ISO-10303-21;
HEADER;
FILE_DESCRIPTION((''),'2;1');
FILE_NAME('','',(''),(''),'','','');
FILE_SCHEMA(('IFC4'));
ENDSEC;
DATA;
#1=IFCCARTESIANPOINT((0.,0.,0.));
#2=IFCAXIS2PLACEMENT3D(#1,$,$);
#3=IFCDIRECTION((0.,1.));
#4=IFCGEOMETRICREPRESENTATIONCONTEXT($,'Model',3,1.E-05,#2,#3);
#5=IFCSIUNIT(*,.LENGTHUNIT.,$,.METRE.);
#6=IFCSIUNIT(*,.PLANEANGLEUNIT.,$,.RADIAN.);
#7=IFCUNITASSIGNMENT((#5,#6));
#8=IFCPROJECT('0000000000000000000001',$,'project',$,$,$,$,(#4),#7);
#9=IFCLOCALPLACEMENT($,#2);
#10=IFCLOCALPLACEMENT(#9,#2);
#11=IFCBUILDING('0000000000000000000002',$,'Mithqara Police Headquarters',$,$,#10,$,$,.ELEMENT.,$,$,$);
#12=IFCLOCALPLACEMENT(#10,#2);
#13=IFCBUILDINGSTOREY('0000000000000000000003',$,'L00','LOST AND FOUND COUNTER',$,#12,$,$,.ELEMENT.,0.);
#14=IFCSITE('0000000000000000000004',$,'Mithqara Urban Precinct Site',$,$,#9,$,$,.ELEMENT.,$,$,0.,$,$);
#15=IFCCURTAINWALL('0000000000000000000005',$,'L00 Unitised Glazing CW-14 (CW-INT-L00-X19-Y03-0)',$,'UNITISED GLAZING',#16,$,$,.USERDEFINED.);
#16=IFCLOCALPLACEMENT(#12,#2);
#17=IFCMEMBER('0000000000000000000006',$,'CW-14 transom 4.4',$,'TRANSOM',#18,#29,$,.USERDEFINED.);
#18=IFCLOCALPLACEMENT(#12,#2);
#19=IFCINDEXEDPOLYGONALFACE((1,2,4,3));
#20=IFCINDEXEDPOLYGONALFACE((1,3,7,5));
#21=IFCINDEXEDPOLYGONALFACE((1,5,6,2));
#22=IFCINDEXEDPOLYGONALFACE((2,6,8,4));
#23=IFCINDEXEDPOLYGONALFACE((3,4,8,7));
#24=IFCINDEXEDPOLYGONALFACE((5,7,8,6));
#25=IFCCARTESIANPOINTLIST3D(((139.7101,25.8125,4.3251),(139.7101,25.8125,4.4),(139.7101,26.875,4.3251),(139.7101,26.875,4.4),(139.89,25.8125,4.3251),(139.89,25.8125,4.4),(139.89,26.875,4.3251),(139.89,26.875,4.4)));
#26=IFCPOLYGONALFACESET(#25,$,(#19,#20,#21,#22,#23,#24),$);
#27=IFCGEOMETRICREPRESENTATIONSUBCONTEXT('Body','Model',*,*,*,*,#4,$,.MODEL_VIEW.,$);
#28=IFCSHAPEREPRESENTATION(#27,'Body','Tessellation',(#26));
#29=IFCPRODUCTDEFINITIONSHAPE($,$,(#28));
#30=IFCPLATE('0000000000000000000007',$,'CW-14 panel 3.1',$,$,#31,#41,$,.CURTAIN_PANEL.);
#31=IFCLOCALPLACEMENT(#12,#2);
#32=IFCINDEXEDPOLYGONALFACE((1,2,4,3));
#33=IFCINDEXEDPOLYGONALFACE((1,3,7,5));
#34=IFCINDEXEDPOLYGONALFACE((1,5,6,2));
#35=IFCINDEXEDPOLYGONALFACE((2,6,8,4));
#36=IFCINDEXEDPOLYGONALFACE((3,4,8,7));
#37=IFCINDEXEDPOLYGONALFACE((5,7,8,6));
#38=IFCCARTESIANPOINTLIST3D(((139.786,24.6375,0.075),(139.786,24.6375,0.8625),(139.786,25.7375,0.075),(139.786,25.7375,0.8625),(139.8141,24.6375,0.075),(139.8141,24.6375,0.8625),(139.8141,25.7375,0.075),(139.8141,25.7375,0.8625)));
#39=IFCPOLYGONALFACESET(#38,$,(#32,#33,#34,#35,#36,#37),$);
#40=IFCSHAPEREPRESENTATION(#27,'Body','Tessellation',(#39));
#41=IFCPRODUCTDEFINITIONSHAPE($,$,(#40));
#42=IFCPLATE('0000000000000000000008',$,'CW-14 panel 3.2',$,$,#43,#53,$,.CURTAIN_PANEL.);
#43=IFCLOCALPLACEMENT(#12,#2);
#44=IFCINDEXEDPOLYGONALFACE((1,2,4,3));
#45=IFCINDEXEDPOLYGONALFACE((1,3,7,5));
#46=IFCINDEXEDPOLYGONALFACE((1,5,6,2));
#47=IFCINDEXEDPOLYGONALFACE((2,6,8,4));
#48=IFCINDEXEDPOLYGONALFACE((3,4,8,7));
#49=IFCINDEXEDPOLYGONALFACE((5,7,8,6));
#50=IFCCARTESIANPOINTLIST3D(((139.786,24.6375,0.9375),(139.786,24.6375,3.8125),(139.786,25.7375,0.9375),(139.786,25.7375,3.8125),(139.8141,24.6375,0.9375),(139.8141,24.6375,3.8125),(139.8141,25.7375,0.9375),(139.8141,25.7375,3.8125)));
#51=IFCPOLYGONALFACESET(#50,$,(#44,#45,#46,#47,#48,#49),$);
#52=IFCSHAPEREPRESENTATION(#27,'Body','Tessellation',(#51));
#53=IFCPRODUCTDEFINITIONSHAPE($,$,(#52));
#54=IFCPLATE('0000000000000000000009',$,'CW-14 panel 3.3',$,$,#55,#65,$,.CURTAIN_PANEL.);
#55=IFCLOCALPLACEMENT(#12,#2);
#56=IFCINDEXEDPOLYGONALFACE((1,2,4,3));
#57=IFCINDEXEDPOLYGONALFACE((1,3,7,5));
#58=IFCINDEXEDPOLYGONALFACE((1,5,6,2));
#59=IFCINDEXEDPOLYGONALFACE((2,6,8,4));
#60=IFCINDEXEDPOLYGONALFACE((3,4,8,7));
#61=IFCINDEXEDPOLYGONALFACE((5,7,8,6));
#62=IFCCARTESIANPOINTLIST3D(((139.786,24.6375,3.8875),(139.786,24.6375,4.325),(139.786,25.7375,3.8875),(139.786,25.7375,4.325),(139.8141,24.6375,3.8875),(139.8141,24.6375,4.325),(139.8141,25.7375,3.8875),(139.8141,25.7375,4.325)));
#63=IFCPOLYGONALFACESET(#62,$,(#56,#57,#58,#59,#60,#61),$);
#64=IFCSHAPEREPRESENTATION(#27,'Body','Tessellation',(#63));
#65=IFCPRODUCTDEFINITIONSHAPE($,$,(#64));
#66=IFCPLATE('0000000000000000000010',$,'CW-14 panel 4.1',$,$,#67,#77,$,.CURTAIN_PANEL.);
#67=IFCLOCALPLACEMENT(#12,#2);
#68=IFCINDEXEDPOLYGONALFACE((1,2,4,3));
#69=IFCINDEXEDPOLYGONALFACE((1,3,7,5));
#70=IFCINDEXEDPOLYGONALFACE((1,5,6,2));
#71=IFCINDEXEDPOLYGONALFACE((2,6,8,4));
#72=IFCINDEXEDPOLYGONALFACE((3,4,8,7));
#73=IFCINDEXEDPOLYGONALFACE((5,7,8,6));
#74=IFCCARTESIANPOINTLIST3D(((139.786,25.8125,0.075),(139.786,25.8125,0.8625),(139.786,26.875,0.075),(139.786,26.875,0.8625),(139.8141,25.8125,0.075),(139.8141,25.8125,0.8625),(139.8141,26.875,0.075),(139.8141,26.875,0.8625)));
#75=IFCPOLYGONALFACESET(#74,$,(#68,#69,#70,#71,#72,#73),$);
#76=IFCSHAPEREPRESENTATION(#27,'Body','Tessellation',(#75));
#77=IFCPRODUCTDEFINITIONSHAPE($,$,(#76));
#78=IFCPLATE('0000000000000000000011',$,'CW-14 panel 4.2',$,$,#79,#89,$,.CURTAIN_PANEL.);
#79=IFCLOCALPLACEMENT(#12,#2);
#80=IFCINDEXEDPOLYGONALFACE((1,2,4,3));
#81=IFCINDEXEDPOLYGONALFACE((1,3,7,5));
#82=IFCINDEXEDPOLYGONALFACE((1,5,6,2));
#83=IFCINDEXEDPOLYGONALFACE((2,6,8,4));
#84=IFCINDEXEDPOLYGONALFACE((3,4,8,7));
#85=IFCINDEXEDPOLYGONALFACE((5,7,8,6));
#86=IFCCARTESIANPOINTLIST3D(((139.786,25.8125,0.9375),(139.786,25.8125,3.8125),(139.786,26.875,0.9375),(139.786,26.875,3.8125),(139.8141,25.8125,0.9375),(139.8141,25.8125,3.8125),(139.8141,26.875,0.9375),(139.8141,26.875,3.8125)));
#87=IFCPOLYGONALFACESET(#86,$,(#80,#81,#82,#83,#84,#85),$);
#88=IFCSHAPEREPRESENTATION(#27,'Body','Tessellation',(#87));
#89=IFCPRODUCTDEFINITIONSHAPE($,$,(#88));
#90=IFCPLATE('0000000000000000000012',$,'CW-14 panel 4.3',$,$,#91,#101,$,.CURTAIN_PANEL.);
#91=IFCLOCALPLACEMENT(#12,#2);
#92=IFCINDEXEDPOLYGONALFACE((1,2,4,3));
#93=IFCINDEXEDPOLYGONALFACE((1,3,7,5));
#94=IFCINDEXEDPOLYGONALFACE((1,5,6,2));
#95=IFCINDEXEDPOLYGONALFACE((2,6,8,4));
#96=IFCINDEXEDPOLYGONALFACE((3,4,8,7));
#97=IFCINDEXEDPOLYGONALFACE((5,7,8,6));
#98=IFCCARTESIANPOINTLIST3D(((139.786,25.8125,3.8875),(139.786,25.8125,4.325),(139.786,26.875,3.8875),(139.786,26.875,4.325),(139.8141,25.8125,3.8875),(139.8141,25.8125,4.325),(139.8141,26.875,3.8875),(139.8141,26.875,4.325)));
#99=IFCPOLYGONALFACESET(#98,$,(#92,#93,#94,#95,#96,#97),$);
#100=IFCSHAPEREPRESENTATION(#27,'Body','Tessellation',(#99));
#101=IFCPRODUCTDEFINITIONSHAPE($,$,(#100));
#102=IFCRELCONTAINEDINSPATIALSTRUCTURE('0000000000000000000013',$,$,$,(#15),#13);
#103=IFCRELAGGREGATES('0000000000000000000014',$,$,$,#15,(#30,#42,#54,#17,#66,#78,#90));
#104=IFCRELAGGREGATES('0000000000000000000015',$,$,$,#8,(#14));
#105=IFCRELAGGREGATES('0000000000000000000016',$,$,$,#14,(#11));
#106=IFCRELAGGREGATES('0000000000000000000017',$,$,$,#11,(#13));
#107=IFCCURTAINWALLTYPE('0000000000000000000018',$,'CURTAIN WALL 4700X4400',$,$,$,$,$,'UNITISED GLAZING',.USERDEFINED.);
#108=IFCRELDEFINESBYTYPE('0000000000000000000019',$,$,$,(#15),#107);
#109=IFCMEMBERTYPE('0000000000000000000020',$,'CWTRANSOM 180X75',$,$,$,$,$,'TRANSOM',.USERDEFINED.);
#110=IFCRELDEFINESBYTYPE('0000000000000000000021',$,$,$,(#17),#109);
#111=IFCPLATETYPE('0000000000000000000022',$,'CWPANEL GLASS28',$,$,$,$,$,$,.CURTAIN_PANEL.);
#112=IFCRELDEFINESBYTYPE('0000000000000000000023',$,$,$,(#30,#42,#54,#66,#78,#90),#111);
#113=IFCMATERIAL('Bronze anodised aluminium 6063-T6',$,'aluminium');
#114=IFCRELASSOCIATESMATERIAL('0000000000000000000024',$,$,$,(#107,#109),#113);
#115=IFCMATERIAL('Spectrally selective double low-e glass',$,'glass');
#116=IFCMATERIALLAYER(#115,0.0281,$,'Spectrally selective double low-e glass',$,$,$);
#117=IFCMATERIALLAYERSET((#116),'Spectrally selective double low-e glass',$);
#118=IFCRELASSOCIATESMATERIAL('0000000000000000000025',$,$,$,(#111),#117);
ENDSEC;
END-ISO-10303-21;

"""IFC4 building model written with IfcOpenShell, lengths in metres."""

from ifc_helpers import new_model, si_unit, direction, frame, origin, origin_2d, place, context, subcontext, project, spatial, rectangle, extrude, material, layer, layer_set, material_profile, profile_set, type_object, element, aggregate, save


model = new_model("IFC4")

# Units and contexts
model_context = context("Model", 3, precision=1e-05, world=origin(), true_north=direction((0.0, 1.0)))
body_context = subcontext(model_context, "Body", "Model", "MODEL_VIEW")
ifc_project = project(units=[si_unit("LENGTHUNIT", "METRE"), si_unit("PLANEANGLEUNIT", "RADIAN")], contexts=[model_context])

# Site, building, storey
site_placement = place(None, origin())
site = spatial("IfcSite", under=ifc_project, at=site_placement, Name="Mithqara Urban Precinct Site", CompositionType="ELEMENT", RefElevation=0.0)
building_placement = place(site_placement, origin())
building = spatial("IfcBuilding", under=site, at=building_placement, Name="Mithqara Police Headquarters", CompositionType="ELEMENT")
storey_placement = place(building_placement, origin())
storey = spatial("IfcBuildingStorey", under=building, at=storey_placement, Name="L00", Description="LOST AND FOUND COUNTER", CompositionType="ELEMENT", Elevation=0.0)

# Curtain wall, member, plates
ifc_material_1 = material(Name="Bronze anodised aluminium 6063-T6", Category="aluminium")
curtain_wall_type = type_object("IfcCurtainWallType", Name="CURTAIN WALL 4700X4400", ElementType="UNITISED GLAZING", PredefinedType="USERDEFINED", material=ifc_material_1)
curtain_wall_placement = place(storey_placement, origin())
curtain_wall = element("IfcCurtainWall", 1, at=curtain_wall_placement, inside=storey, type_object=curtain_wall_type, Name="L00 Unitised Glazing CW-14 (CW-INT-L00-X19-Y03-0)", ObjectType="UNITISED GLAZING", PredefinedType="USERDEFINED")
ifc_material_profile_1 = material_profile(ifc_material_1, rectangle(XDim=0.1799, YDim=0.075, at=origin_2d()), Name="CWT 180x75")
ifc_profile_set_1 = profile_set([ifc_material_profile_1], Name="Bronze anodised aluminium 6063-T6")
member_type_1 = type_object("IfcMemberType", Name="CWTRANSOM 180X75", ElementType="TRANSOM", PredefinedType="USERDEFINED", material=ifc_profile_set_1)
member_1_placement = place(storey_placement, frame((139.8, 25.8125, 4.3625), z_axis=(0.0, 1.0, 0.0), x_axis=(-1.0, 0.0, 0.0)))
member_1 = element("IfcMember", 2, at=member_1_placement, type_object=member_type_1, Name="CW-14 transom 4.4", ObjectType="TRANSOM", PredefinedType="USERDEFINED", context=body_context, shape_type="SweptSolid", body=[
    extrude(rectangle(XDim=0.1799, YDim=0.075, at=origin_2d()), origin(), (0.0, 0.0, 1.0), 1.0625),
])
ifc_material_2 = material(Name="Spectrally selective double low-e glass", Category="glass")
ifc_layer = layer(ifc_material_2, 0.0281, Name="Spectrally selective double low-e glass")
ifc_layer_set = layer_set([ifc_layer], Name="Spectrally selective double low-e glass")
plate_type = type_object("IfcPlateType", Name="CWPANEL GLASS28", PredefinedType="CURTAIN_PANEL", material=ifc_layer_set)
plate_1_placement = place(storey_placement, frame((139.8, 25.1875, 0.075), z_axis=(0.0, 0.0, 1.0), x_axis=(0.0, 1.0, 0.0)))
plate_1 = element("IfcPlate", 3, at=plate_1_placement, type_object=plate_type, Name="CW-14 panel 3.1", PredefinedType="CURTAIN_PANEL", context=body_context, shape_type="SweptSolid", body=[
    extrude(rectangle(XDim=1.1001, YDim=0.0281, at=origin_2d()), origin(), (0.0, 0.0, 1.0), 0.7876),
])
plate_2_placement = place(storey_placement, frame((139.8, 25.1875, 0.9375), z_axis=(0.0, 0.0, 1.0), x_axis=(0.0, 1.0, 0.0)))
plate_2 = element("IfcPlate", 4, at=plate_2_placement, type_object=plate_type, Name="CW-14 panel 3.2", PredefinedType="CURTAIN_PANEL", context=body_context, shape_type="SweptSolid", body=[
    extrude(rectangle(XDim=1.1001, YDim=0.0281, at=origin_2d()), origin(), (0.0, 0.0, 1.0), 2.875),
])
plate_3_placement = place(storey_placement, frame((139.8, 25.1875, 3.8875), z_axis=(0.0, 0.0, 1.0), x_axis=(0.0, 1.0, 0.0)))
plate_3 = element("IfcPlate", 5, at=plate_3_placement, type_object=plate_type, Name="CW-14 panel 3.3", PredefinedType="CURTAIN_PANEL", context=body_context, shape_type="SweptSolid", body=[
    extrude(rectangle(XDim=1.1001, YDim=0.0281, at=origin_2d()), origin(), (0.0, 0.0, 1.0), 0.4375),
])
plate_4_placement = place(storey_placement, frame((139.8, 26.3438, 0.075), z_axis=(0.0, 0.0, 1.0), x_axis=(0.0, 1.0, 0.0)))
plate_4 = element("IfcPlate", 6, at=plate_4_placement, type_object=plate_type, Name="CW-14 panel 4.1", PredefinedType="CURTAIN_PANEL", context=body_context, shape_type="SweptSolid", body=[
    extrude(rectangle(XDim=1.0625, YDim=0.0281, at=origin_2d()), origin(), (0.0, 0.0, 1.0), 0.7876),
])
plate_5_placement = place(storey_placement, frame((139.8, 26.3438, 0.9375), z_axis=(0.0, 0.0, 1.0), x_axis=(0.0, 1.0, 0.0)))
plate_5 = element("IfcPlate", 7, at=plate_5_placement, type_object=plate_type, Name="CW-14 panel 4.2", PredefinedType="CURTAIN_PANEL", context=body_context, shape_type="SweptSolid", body=[
    extrude(rectangle(XDim=1.0625, YDim=0.0281, at=origin_2d()), origin(), (0.0, 0.0, 1.0), 2.875),
])
plate_6_placement = place(storey_placement, frame((139.8, 26.3438, 3.8875), z_axis=(0.0, 0.0, 1.0), x_axis=(0.0, 1.0, 0.0)))
plate_6 = element("IfcPlate", 8, at=plate_6_placement, type_object=plate_type, Name="CW-14 panel 4.3", PredefinedType="CURTAIN_PANEL", context=body_context, shape_type="SweptSolid", body=[
    extrude(rectangle(XDim=1.0625, YDim=0.0281, at=origin_2d()), origin(), (0.0, 0.0, 1.0), 0.4375),
])
aggregate(curtain_wall, [plate_1, plate_2, plate_3, member_1, plate_4, plate_5, plate_6])

save(model, "model.ifc")
